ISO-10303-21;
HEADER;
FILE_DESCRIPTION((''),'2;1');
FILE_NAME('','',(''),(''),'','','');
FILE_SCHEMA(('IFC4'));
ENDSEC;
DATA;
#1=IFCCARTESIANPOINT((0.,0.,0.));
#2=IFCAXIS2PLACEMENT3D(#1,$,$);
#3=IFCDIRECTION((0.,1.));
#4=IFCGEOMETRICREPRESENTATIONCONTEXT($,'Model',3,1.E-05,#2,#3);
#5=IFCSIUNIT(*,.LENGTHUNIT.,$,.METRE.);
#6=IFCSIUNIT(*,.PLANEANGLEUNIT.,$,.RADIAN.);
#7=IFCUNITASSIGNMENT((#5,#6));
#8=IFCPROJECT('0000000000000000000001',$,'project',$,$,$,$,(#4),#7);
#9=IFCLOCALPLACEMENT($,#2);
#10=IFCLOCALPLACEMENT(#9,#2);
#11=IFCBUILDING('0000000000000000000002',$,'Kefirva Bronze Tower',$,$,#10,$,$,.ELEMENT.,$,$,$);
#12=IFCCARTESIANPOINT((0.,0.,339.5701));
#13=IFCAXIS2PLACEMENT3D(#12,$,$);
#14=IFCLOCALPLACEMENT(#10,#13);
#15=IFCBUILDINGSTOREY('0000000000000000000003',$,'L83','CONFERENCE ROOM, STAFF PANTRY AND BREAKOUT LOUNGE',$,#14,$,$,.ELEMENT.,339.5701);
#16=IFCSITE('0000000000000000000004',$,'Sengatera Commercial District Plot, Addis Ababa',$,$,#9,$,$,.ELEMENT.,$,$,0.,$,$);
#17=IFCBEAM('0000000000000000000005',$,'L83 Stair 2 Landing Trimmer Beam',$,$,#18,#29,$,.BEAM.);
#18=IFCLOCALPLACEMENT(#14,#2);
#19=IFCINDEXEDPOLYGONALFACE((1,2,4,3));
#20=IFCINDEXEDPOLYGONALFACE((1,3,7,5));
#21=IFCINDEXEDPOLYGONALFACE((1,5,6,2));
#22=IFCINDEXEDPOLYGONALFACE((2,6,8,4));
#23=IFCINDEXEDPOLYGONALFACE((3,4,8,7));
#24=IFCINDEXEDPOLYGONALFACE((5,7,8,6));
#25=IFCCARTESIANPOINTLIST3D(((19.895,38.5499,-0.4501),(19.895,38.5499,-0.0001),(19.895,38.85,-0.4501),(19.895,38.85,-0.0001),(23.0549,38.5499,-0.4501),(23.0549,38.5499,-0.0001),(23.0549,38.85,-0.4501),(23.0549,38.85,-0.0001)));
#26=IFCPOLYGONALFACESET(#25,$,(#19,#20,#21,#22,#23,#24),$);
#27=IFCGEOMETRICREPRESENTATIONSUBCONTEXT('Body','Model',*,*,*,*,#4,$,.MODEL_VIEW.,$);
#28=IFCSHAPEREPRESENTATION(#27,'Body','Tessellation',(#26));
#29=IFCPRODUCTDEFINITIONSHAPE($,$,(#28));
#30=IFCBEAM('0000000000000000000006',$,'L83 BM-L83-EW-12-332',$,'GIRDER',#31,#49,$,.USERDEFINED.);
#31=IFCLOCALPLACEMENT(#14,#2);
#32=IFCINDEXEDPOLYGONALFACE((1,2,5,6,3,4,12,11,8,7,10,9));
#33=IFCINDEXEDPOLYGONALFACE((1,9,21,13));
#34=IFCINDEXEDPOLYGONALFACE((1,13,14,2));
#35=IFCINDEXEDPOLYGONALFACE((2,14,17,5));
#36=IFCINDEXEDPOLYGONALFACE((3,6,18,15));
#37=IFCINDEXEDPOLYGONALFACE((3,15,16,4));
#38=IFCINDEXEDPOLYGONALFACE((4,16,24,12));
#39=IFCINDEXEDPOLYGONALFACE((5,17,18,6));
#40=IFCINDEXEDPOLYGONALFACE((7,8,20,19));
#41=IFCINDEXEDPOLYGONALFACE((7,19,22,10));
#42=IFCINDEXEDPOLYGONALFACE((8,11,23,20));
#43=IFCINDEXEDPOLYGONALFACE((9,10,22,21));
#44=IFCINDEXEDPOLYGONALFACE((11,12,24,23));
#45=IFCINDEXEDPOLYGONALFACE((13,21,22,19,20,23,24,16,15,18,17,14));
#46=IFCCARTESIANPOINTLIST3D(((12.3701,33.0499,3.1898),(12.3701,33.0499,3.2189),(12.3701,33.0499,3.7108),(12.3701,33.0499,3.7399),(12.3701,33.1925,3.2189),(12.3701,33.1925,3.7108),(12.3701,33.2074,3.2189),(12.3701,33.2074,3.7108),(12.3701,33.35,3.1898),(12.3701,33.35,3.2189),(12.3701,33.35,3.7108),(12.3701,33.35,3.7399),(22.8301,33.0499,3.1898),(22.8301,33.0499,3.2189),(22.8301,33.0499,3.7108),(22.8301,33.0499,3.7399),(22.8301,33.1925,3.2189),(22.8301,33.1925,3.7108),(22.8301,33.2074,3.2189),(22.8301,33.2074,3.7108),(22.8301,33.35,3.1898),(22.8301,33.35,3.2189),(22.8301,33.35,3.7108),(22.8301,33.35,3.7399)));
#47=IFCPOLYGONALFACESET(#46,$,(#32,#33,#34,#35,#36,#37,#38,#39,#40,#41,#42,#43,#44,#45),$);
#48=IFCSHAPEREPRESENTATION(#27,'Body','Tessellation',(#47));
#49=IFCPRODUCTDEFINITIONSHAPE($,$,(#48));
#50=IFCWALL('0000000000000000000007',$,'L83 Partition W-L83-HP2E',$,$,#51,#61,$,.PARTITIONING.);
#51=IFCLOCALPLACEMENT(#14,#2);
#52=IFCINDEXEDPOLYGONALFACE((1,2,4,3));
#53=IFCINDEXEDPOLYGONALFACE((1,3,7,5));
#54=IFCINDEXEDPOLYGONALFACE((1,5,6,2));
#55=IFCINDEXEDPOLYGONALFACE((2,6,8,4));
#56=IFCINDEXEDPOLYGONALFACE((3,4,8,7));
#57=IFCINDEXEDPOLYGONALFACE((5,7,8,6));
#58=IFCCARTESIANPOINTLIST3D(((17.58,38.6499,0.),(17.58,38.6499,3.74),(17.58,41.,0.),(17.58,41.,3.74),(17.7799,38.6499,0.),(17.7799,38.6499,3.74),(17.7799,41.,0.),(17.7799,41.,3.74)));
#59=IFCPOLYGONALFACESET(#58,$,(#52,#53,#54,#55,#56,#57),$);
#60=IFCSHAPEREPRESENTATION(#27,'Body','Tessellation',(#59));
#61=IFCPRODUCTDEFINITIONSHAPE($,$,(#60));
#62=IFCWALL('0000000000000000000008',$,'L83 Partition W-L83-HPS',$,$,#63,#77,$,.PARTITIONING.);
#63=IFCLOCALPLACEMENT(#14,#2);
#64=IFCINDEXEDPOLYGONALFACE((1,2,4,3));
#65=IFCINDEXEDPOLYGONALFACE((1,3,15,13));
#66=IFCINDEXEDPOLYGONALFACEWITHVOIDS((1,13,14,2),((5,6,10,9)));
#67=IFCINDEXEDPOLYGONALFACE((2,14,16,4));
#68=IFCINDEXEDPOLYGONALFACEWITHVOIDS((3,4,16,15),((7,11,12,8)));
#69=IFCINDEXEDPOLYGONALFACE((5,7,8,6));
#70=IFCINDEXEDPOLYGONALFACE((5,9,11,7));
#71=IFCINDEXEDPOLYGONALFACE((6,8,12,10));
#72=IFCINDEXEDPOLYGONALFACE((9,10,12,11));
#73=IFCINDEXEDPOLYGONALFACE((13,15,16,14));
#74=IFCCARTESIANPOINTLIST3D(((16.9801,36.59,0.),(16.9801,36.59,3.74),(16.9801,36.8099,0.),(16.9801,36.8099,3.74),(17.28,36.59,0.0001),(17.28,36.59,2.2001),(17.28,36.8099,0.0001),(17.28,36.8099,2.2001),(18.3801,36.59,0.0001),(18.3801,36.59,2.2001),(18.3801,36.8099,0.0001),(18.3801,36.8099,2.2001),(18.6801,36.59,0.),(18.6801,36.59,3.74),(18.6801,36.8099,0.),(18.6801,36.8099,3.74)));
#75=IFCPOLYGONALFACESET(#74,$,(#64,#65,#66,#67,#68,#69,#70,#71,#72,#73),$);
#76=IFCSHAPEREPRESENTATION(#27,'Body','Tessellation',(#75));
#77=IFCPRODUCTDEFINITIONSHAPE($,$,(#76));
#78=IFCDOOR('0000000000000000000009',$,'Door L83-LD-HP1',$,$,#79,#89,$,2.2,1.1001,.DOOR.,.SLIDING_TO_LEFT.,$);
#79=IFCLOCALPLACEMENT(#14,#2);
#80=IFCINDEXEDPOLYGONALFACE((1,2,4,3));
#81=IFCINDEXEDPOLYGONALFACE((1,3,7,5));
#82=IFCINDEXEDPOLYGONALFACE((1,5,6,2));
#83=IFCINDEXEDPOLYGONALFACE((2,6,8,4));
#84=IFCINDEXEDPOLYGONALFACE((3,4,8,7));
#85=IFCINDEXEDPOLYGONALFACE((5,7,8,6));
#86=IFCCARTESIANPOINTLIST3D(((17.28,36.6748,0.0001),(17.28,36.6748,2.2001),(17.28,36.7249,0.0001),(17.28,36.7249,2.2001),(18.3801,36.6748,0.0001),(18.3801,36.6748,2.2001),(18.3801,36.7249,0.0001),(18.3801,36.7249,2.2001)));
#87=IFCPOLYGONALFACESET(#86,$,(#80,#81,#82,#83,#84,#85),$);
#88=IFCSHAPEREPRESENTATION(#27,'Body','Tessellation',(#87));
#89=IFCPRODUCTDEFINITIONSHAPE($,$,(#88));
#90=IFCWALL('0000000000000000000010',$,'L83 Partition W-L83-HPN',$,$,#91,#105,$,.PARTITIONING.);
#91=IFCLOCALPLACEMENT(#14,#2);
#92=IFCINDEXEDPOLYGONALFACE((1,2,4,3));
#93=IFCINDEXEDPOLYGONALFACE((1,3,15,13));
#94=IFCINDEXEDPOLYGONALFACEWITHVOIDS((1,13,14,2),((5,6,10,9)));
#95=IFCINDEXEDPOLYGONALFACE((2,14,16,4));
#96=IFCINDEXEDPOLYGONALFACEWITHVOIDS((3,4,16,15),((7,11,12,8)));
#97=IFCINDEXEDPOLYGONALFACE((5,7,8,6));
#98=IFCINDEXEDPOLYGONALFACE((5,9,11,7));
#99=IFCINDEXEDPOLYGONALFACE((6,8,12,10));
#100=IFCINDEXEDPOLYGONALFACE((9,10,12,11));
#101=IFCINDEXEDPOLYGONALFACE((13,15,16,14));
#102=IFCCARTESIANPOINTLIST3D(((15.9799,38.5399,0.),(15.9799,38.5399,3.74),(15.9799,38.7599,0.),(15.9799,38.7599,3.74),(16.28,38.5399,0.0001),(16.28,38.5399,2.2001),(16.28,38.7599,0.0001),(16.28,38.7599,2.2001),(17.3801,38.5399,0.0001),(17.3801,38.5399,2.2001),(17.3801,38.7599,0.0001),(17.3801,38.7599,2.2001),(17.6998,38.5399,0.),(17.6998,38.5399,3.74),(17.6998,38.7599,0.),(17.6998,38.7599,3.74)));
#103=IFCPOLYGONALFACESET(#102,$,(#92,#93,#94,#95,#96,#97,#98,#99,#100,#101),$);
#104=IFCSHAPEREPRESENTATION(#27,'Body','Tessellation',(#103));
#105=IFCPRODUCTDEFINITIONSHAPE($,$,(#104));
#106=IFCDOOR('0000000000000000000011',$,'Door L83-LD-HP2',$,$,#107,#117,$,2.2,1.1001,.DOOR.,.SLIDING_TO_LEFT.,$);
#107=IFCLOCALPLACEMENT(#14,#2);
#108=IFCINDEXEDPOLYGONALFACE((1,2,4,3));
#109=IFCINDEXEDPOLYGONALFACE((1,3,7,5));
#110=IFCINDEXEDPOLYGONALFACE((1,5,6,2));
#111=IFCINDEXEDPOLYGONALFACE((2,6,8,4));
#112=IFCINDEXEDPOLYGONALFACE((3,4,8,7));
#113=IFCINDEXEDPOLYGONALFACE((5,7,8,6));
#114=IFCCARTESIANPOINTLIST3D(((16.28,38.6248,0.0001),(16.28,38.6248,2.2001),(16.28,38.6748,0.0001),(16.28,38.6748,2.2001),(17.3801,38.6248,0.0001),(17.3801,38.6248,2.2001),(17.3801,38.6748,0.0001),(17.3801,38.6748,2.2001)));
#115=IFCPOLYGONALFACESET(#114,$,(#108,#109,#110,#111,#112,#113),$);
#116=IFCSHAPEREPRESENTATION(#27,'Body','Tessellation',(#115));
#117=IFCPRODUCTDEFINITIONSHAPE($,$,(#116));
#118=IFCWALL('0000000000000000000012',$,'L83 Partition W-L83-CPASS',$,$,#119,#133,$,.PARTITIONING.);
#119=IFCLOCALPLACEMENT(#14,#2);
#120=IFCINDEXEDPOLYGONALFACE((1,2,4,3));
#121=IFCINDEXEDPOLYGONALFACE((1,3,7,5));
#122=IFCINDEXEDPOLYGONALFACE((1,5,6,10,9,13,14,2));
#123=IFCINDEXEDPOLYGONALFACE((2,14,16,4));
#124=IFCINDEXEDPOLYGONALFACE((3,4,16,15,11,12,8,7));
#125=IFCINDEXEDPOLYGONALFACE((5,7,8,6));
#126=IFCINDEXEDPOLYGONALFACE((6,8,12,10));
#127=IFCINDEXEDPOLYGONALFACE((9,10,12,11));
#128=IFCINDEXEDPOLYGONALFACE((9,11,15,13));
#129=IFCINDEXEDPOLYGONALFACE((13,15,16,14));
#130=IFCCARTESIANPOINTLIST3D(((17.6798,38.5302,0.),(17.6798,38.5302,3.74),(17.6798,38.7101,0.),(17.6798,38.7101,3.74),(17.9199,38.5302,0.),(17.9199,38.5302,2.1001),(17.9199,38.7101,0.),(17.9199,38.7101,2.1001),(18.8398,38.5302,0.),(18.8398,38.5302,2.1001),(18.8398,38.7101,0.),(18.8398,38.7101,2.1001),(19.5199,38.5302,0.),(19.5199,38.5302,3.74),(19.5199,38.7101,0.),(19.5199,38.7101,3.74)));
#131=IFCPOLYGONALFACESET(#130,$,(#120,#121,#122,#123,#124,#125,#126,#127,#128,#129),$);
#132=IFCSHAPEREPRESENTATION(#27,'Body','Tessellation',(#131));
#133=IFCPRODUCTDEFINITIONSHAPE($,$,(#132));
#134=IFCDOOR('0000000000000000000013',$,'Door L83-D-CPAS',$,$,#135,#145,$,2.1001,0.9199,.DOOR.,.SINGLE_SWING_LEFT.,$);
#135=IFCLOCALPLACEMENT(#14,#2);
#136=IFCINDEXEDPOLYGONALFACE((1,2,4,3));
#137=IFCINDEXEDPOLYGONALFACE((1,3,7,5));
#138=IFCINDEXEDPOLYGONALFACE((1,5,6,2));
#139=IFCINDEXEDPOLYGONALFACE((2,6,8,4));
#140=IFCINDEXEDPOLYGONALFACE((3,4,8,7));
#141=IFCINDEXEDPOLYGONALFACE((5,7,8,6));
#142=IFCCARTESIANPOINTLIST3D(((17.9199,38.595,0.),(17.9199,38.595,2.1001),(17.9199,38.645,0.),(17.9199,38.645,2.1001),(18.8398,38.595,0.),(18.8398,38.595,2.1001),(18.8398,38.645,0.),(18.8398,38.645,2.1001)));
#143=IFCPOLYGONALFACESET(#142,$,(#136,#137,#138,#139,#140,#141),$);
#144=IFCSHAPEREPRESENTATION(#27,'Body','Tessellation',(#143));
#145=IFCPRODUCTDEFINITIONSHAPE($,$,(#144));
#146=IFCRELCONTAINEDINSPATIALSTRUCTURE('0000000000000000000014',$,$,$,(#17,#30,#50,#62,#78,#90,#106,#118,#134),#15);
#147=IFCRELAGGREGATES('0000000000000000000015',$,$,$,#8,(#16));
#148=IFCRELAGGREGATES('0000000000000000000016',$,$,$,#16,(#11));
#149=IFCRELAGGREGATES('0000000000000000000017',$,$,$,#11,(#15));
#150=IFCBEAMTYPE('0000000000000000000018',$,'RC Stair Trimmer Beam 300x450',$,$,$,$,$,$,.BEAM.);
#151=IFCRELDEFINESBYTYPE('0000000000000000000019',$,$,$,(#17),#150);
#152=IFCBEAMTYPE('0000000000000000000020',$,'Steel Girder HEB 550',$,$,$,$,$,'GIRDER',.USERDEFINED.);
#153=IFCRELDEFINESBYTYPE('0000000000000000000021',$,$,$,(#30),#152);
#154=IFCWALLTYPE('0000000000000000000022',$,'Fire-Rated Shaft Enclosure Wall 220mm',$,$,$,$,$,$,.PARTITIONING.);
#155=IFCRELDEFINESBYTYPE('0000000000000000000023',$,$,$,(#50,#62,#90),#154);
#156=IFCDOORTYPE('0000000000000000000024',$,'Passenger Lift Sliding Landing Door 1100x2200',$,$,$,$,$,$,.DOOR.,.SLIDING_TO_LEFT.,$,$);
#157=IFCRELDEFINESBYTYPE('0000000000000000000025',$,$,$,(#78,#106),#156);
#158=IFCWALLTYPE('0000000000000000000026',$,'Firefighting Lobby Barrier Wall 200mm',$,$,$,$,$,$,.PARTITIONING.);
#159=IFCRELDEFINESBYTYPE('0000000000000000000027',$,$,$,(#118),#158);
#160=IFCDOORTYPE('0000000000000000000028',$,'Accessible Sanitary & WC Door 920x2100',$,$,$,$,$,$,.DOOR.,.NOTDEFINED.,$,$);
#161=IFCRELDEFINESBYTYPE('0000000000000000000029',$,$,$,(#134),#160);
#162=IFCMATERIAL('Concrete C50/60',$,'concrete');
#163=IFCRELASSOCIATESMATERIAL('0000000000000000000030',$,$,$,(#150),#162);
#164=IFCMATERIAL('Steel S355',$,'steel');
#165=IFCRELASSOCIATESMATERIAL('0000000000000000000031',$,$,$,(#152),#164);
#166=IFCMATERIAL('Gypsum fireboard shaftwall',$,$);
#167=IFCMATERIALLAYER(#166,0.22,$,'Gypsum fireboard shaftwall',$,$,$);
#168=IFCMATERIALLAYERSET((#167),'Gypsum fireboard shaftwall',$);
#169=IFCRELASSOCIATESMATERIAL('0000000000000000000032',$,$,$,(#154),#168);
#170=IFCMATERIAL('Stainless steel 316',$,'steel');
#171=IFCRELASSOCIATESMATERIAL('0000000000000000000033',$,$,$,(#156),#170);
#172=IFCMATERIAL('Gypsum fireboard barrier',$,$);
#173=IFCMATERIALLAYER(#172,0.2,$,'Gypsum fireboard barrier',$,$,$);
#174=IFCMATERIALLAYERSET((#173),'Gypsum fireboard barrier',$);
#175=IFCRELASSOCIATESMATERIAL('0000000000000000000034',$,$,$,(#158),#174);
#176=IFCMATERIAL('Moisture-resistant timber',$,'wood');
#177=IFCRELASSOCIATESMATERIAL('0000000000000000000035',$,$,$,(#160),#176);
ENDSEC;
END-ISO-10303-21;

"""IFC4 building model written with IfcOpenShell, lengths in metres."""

from ifc_helpers import new_model, si_unit, direction, frame, frame_2d, origin, origin_2d, place, context, subcontext, project, spatial, rectangle, i_section, extrude, material, layer, layer_set, material_profile, profile_set, type_object, element, fill, save


model = new_model("IFC4")

# Units and contexts
model_context = context("Model", 3, precision=1e-05, world=origin(), true_north=direction((0.0, 1.0)))
body_context = subcontext(model_context, "Body", "Model", "MODEL_VIEW")
ifc_project = project(units=[si_unit("LENGTHUNIT", "METRE"), si_unit("PLANEANGLEUNIT", "RADIAN")], contexts=[model_context])

# Site, building, storey
site_placement = place(None, origin())
site = spatial("IfcSite", under=ifc_project, at=site_placement, Name="Sengatera Commercial District Plot, Addis Ababa", CompositionType="ELEMENT", RefElevation=0.0)
building_placement = place(site_placement, origin())
building = spatial("IfcBuilding", under=site, at=building_placement, Name="Kefirva Bronze Tower", CompositionType="ELEMENT")
storey_placement = place(building_placement, frame((0.0, 0.0, 339.5701)))
storey = spatial("IfcBuildingStorey", under=building, at=storey_placement, Name="L83", Description="CONFERENCE ROOM, STAFF PANTRY AND BREAKOUT LOUNGE", CompositionType="ELEMENT", Elevation=339.5701)

# Beams
ifc_material_1 = material(Name="Concrete C50/60", Category="concrete")
ifc_material_profile_1 = material_profile(ifc_material_1, rectangle(XDim=0.3, YDim=0.45, at=origin_2d()), Name="RC 300x450")
ifc_profile_set_1 = profile_set([ifc_material_profile_1], Name="Concrete C50/60")
beam_type_1 = type_object("IfcBeamType", Name="RC Stair Trimmer Beam 300x450", PredefinedType="BEAM", material=ifc_profile_set_1)
beam_1_placement = place(storey_placement, frame((19.895, 38.7, -0.2251), z_axis=(1.0, 0.0, 0.0), x_axis=(0.0, 1.0, 0.0)))
element("IfcBeam", 1, at=beam_1_placement, inside=storey, type_object=beam_type_1, Name="L83 Stair 2 Landing Trimmer Beam", PredefinedType="BEAM", context=body_context, shape_type="SweptSolid", body=[
    extrude(rectangle(XDim=0.3, YDim=0.45, at=origin_2d()), origin(), (0.0, 0.0, 1.0), 3.1599),
])
ifc_material_2 = material(Name="Steel S355", Category="steel")
ifc_material_profile_2 = material_profile(ifc_material_2, i_section(OverallWidth=0.3, OverallDepth=0.55, WebThickness=0.0149, FlangeThickness=0.0291, at=origin_2d()), Name="HEB 550")
ifc_profile_set_2 = profile_set([ifc_material_profile_2], Name="Steel S355")
beam_type_2 = type_object("IfcBeamType", Name="Steel Girder HEB 550", ElementType="GIRDER", PredefinedType="USERDEFINED", material=ifc_profile_set_2)
beam_2_placement = place(storey_placement, frame((12.3701, 33.2, 3.4648), z_axis=(1.0, 0.0, 0.0), x_axis=(0.0, 1.0, 0.0)))
element("IfcBeam", 2, at=beam_2_placement, inside=storey, type_object=beam_type_2, Name="L83 BM-L83-EW-12-332", ObjectType="GIRDER", PredefinedType="USERDEFINED", context=body_context, shape_type="SweptSolid", body=[
    extrude(i_section(OverallWidth=0.3, OverallDepth=0.55, WebThickness=0.0149, FlangeThickness=0.0291, at=origin_2d()), origin(), (0.0, 0.0, 1.0), 10.46),
])

# Shared definitions
ifc_material_3 = material(Name="Gypsum fireboard shaftwall")
ifc_layer_1 = layer(ifc_material_3, 0.22, Name="Gypsum fireboard shaftwall")
ifc_layer_set_1 = layer_set([ifc_layer_1], Name="Gypsum fireboard shaftwall")
wall_type_1 = type_object("IfcWallType", Name="Fire-Rated Shaft Enclosure Wall 220mm", PredefinedType="PARTITIONING", material=ifc_layer_set_1)

# Wall
wall_1_placement = place(storey_placement, frame((17.6799, 38.6499, 0.0), z_axis=(0.0, 0.0, 1.0), x_axis=(0.0, 1.0, 0.0)))
element("IfcWall", 3, at=wall_1_placement, inside=storey, type_object=wall_type_1, Name="L83 Partition W-L83-HP2E", PredefinedType="PARTITIONING", context=body_context, shape_type="SweptSolid", body=[
    extrude(rectangle(XDim=2.3501, YDim=0.2, at=frame_2d((1.175, 0.0))), origin(), (0.0, 0.0, 1.0), 3.74),
])

# Walls, openings, doors
wall_2_placement = place(storey_placement, frame((16.98, 36.7, 0.0), z_axis=(0.0, 0.0, 1.0), x_axis=(1.0, 0.0, 0.0)))
wall_2 = element("IfcWall", 4, at=wall_2_placement, inside=storey, type_object=wall_type_1, Name="L83 Partition W-L83-HPS", PredefinedType="PARTITIONING", context=body_context, shape_type="SweptSolid", body=[
    extrude(rectangle(XDim=1.7, YDim=0.22, at=frame_2d((0.8501, 0.0))), origin(), (0.0, 0.0, 1.0), 3.74),
])
opening_1_placement = place(wall_2_placement, frame((0.3, 0.0, 0.0)))
opening_1 = element("IfcOpeningElement", 5, at=opening_1_placement, cuts=wall_2, PredefinedType="OPENING", context=body_context, shape_type="SweptSolid", body=[
    extrude(rectangle(XDim=1.1001, YDim=2.2, at=frame_2d((0.55, 1.1001))), frame((0.0, 0.1201, 0.0), z_axis=(0.0, -1.0, 0.0), x_axis=(1.0, 0.0, 0.0)), (0.0, 0.0, 1.0), 0.24),
])
ifc_material_4 = material(Name="Stainless steel 316", Category="steel")
door_type_1 = type_object("IfcDoorType", Name="Passenger Lift Sliding Landing Door 1100x2200", OperationType="SLIDING_TO_LEFT", PredefinedType="DOOR", material=ifc_material_4)
door_1_placement = place(opening_1_placement, origin())
door_1 = element("IfcDoor", 6, at=door_1_placement, inside=storey, type_object=door_type_1, Name="Door L83-LD-HP1", OperationType="SLIDING_TO_LEFT", OverallHeight=2.2, OverallWidth=1.1001, PredefinedType="DOOR", context=body_context, shape_type="SweptSolid", body=[
    extrude(rectangle(XDim=1.1001, YDim=2.2, at=frame_2d((0.55, 1.1001))), frame((0.0, 0.0249, 0.0), z_axis=(0.0, -1.0, 0.0), x_axis=(1.0, 0.0, 0.0)), (0.0, 0.0, 1.0), 0.05),
])
fill(opening_1, door_1)
wall_3_placement = place(storey_placement, frame((15.98, 38.6499, 0.0), z_axis=(0.0, 0.0, 1.0), x_axis=(1.0, 0.0, 0.0)))
wall_3 = element("IfcWall", 7, at=wall_3_placement, inside=storey, type_object=wall_type_1, Name="L83 Partition W-L83-HPN", PredefinedType="PARTITIONING", context=body_context, shape_type="SweptSolid", body=[
    extrude(rectangle(XDim=1.72, YDim=0.22, at=frame_2d((0.8599, 0.0))), origin(), (0.0, 0.0, 1.0), 3.74),
])
opening_2_placement = place(wall_3_placement, frame((0.3, 0.0, 0.0)))
opening_2 = element("IfcOpeningElement", 8, at=opening_2_placement, cuts=wall_3, PredefinedType="OPENING", context=body_context, shape_type="SweptSolid", body=[
    extrude(rectangle(XDim=1.1001, YDim=2.2, at=frame_2d((0.55, 1.1001))), frame((0.0, 0.1201, 0.0), z_axis=(0.0, -1.0, 0.0), x_axis=(1.0, 0.0, 0.0)), (0.0, 0.0, 1.0), 0.24),
])
door_2_placement = place(opening_2_placement, origin())
door_2 = element("IfcDoor", 9, at=door_2_placement, inside=storey, type_object=door_type_1, Name="Door L83-LD-HP2", OperationType="SLIDING_TO_LEFT", OverallHeight=2.2, OverallWidth=1.1001, PredefinedType="DOOR", context=body_context, shape_type="SweptSolid", body=[
    extrude(rectangle(XDim=1.1001, YDim=2.2, at=frame_2d((0.55, 1.1001))), frame((0.0, 0.0249, 0.0), z_axis=(0.0, -1.0, 0.0), x_axis=(1.0, 0.0, 0.0)), (0.0, 0.0, 1.0), 0.05),
])
fill(opening_2, door_2)
ifc_material_5 = material(Name="Gypsum fireboard barrier")
ifc_layer_2 = layer(ifc_material_5, 0.2, Name="Gypsum fireboard barrier")
ifc_layer_set_2 = layer_set([ifc_layer_2], Name="Gypsum fireboard barrier")
wall_type_2 = type_object("IfcWallType", Name="Firefighting Lobby Barrier Wall 200mm", PredefinedType="PARTITIONING", material=ifc_layer_set_2)
wall_4_placement = place(storey_placement, frame((17.6799, 38.6201, 0.0), z_axis=(0.0, 0.0, 1.0), x_axis=(1.0, 0.0, 0.0)))
wall_4 = element("IfcWall", 10, at=wall_4_placement, inside=storey, type_object=wall_type_2, Name="L83 Partition W-L83-CPASS", PredefinedType="PARTITIONING", context=body_context, shape_type="SweptSolid", body=[
    extrude(rectangle(XDim=1.8401, YDim=0.1799, at=frame_2d((0.9199, 0.0))), origin(), (0.0, 0.0, 1.0), 3.74),
])
opening_3_placement = place(wall_4_placement, frame((0.24, 0.0, 0.0)))
opening_3 = element("IfcOpeningElement", 11, at=opening_3_placement, cuts=wall_4, PredefinedType="OPENING", context=body_context, shape_type="SweptSolid", body=[
    extrude(rectangle(XDim=0.9199, YDim=2.1001, at=frame_2d((0.46, 1.05))), frame((0.0, 0.1001, 0.0), z_axis=(0.0, -1.0, 0.0), x_axis=(1.0, 0.0, 0.0)), (0.0, 0.0, 1.0), 0.2),
])
ifc_material_6 = material(Name="Moisture-resistant timber", Category="wood")
door_type_2 = type_object("IfcDoorType", Name="Accessible Sanitary & WC Door 920x2100", OperationType="NOTDEFINED", PredefinedType="DOOR", material=ifc_material_6)
door_3_placement = place(opening_3_placement, origin())
door_3 = element("IfcDoor", 12, at=door_3_placement, inside=storey, type_object=door_type_2, Name="Door L83-D-CPAS", OperationType="SINGLE_SWING_LEFT", OverallHeight=2.1001, OverallWidth=0.9199, PredefinedType="DOOR", context=body_context, shape_type="SweptSolid", body=[
    extrude(rectangle(XDim=0.9199, YDim=2.1001, at=frame_2d((0.46, 1.05))), frame((0.0, 0.0249, 0.0), z_axis=(0.0, -1.0, 0.0), x_axis=(1.0, 0.0, 0.0)), (0.0, 0.0, 1.0), 0.05),
])
fill(opening_3, door_3)

save(model, "model.ifc")
